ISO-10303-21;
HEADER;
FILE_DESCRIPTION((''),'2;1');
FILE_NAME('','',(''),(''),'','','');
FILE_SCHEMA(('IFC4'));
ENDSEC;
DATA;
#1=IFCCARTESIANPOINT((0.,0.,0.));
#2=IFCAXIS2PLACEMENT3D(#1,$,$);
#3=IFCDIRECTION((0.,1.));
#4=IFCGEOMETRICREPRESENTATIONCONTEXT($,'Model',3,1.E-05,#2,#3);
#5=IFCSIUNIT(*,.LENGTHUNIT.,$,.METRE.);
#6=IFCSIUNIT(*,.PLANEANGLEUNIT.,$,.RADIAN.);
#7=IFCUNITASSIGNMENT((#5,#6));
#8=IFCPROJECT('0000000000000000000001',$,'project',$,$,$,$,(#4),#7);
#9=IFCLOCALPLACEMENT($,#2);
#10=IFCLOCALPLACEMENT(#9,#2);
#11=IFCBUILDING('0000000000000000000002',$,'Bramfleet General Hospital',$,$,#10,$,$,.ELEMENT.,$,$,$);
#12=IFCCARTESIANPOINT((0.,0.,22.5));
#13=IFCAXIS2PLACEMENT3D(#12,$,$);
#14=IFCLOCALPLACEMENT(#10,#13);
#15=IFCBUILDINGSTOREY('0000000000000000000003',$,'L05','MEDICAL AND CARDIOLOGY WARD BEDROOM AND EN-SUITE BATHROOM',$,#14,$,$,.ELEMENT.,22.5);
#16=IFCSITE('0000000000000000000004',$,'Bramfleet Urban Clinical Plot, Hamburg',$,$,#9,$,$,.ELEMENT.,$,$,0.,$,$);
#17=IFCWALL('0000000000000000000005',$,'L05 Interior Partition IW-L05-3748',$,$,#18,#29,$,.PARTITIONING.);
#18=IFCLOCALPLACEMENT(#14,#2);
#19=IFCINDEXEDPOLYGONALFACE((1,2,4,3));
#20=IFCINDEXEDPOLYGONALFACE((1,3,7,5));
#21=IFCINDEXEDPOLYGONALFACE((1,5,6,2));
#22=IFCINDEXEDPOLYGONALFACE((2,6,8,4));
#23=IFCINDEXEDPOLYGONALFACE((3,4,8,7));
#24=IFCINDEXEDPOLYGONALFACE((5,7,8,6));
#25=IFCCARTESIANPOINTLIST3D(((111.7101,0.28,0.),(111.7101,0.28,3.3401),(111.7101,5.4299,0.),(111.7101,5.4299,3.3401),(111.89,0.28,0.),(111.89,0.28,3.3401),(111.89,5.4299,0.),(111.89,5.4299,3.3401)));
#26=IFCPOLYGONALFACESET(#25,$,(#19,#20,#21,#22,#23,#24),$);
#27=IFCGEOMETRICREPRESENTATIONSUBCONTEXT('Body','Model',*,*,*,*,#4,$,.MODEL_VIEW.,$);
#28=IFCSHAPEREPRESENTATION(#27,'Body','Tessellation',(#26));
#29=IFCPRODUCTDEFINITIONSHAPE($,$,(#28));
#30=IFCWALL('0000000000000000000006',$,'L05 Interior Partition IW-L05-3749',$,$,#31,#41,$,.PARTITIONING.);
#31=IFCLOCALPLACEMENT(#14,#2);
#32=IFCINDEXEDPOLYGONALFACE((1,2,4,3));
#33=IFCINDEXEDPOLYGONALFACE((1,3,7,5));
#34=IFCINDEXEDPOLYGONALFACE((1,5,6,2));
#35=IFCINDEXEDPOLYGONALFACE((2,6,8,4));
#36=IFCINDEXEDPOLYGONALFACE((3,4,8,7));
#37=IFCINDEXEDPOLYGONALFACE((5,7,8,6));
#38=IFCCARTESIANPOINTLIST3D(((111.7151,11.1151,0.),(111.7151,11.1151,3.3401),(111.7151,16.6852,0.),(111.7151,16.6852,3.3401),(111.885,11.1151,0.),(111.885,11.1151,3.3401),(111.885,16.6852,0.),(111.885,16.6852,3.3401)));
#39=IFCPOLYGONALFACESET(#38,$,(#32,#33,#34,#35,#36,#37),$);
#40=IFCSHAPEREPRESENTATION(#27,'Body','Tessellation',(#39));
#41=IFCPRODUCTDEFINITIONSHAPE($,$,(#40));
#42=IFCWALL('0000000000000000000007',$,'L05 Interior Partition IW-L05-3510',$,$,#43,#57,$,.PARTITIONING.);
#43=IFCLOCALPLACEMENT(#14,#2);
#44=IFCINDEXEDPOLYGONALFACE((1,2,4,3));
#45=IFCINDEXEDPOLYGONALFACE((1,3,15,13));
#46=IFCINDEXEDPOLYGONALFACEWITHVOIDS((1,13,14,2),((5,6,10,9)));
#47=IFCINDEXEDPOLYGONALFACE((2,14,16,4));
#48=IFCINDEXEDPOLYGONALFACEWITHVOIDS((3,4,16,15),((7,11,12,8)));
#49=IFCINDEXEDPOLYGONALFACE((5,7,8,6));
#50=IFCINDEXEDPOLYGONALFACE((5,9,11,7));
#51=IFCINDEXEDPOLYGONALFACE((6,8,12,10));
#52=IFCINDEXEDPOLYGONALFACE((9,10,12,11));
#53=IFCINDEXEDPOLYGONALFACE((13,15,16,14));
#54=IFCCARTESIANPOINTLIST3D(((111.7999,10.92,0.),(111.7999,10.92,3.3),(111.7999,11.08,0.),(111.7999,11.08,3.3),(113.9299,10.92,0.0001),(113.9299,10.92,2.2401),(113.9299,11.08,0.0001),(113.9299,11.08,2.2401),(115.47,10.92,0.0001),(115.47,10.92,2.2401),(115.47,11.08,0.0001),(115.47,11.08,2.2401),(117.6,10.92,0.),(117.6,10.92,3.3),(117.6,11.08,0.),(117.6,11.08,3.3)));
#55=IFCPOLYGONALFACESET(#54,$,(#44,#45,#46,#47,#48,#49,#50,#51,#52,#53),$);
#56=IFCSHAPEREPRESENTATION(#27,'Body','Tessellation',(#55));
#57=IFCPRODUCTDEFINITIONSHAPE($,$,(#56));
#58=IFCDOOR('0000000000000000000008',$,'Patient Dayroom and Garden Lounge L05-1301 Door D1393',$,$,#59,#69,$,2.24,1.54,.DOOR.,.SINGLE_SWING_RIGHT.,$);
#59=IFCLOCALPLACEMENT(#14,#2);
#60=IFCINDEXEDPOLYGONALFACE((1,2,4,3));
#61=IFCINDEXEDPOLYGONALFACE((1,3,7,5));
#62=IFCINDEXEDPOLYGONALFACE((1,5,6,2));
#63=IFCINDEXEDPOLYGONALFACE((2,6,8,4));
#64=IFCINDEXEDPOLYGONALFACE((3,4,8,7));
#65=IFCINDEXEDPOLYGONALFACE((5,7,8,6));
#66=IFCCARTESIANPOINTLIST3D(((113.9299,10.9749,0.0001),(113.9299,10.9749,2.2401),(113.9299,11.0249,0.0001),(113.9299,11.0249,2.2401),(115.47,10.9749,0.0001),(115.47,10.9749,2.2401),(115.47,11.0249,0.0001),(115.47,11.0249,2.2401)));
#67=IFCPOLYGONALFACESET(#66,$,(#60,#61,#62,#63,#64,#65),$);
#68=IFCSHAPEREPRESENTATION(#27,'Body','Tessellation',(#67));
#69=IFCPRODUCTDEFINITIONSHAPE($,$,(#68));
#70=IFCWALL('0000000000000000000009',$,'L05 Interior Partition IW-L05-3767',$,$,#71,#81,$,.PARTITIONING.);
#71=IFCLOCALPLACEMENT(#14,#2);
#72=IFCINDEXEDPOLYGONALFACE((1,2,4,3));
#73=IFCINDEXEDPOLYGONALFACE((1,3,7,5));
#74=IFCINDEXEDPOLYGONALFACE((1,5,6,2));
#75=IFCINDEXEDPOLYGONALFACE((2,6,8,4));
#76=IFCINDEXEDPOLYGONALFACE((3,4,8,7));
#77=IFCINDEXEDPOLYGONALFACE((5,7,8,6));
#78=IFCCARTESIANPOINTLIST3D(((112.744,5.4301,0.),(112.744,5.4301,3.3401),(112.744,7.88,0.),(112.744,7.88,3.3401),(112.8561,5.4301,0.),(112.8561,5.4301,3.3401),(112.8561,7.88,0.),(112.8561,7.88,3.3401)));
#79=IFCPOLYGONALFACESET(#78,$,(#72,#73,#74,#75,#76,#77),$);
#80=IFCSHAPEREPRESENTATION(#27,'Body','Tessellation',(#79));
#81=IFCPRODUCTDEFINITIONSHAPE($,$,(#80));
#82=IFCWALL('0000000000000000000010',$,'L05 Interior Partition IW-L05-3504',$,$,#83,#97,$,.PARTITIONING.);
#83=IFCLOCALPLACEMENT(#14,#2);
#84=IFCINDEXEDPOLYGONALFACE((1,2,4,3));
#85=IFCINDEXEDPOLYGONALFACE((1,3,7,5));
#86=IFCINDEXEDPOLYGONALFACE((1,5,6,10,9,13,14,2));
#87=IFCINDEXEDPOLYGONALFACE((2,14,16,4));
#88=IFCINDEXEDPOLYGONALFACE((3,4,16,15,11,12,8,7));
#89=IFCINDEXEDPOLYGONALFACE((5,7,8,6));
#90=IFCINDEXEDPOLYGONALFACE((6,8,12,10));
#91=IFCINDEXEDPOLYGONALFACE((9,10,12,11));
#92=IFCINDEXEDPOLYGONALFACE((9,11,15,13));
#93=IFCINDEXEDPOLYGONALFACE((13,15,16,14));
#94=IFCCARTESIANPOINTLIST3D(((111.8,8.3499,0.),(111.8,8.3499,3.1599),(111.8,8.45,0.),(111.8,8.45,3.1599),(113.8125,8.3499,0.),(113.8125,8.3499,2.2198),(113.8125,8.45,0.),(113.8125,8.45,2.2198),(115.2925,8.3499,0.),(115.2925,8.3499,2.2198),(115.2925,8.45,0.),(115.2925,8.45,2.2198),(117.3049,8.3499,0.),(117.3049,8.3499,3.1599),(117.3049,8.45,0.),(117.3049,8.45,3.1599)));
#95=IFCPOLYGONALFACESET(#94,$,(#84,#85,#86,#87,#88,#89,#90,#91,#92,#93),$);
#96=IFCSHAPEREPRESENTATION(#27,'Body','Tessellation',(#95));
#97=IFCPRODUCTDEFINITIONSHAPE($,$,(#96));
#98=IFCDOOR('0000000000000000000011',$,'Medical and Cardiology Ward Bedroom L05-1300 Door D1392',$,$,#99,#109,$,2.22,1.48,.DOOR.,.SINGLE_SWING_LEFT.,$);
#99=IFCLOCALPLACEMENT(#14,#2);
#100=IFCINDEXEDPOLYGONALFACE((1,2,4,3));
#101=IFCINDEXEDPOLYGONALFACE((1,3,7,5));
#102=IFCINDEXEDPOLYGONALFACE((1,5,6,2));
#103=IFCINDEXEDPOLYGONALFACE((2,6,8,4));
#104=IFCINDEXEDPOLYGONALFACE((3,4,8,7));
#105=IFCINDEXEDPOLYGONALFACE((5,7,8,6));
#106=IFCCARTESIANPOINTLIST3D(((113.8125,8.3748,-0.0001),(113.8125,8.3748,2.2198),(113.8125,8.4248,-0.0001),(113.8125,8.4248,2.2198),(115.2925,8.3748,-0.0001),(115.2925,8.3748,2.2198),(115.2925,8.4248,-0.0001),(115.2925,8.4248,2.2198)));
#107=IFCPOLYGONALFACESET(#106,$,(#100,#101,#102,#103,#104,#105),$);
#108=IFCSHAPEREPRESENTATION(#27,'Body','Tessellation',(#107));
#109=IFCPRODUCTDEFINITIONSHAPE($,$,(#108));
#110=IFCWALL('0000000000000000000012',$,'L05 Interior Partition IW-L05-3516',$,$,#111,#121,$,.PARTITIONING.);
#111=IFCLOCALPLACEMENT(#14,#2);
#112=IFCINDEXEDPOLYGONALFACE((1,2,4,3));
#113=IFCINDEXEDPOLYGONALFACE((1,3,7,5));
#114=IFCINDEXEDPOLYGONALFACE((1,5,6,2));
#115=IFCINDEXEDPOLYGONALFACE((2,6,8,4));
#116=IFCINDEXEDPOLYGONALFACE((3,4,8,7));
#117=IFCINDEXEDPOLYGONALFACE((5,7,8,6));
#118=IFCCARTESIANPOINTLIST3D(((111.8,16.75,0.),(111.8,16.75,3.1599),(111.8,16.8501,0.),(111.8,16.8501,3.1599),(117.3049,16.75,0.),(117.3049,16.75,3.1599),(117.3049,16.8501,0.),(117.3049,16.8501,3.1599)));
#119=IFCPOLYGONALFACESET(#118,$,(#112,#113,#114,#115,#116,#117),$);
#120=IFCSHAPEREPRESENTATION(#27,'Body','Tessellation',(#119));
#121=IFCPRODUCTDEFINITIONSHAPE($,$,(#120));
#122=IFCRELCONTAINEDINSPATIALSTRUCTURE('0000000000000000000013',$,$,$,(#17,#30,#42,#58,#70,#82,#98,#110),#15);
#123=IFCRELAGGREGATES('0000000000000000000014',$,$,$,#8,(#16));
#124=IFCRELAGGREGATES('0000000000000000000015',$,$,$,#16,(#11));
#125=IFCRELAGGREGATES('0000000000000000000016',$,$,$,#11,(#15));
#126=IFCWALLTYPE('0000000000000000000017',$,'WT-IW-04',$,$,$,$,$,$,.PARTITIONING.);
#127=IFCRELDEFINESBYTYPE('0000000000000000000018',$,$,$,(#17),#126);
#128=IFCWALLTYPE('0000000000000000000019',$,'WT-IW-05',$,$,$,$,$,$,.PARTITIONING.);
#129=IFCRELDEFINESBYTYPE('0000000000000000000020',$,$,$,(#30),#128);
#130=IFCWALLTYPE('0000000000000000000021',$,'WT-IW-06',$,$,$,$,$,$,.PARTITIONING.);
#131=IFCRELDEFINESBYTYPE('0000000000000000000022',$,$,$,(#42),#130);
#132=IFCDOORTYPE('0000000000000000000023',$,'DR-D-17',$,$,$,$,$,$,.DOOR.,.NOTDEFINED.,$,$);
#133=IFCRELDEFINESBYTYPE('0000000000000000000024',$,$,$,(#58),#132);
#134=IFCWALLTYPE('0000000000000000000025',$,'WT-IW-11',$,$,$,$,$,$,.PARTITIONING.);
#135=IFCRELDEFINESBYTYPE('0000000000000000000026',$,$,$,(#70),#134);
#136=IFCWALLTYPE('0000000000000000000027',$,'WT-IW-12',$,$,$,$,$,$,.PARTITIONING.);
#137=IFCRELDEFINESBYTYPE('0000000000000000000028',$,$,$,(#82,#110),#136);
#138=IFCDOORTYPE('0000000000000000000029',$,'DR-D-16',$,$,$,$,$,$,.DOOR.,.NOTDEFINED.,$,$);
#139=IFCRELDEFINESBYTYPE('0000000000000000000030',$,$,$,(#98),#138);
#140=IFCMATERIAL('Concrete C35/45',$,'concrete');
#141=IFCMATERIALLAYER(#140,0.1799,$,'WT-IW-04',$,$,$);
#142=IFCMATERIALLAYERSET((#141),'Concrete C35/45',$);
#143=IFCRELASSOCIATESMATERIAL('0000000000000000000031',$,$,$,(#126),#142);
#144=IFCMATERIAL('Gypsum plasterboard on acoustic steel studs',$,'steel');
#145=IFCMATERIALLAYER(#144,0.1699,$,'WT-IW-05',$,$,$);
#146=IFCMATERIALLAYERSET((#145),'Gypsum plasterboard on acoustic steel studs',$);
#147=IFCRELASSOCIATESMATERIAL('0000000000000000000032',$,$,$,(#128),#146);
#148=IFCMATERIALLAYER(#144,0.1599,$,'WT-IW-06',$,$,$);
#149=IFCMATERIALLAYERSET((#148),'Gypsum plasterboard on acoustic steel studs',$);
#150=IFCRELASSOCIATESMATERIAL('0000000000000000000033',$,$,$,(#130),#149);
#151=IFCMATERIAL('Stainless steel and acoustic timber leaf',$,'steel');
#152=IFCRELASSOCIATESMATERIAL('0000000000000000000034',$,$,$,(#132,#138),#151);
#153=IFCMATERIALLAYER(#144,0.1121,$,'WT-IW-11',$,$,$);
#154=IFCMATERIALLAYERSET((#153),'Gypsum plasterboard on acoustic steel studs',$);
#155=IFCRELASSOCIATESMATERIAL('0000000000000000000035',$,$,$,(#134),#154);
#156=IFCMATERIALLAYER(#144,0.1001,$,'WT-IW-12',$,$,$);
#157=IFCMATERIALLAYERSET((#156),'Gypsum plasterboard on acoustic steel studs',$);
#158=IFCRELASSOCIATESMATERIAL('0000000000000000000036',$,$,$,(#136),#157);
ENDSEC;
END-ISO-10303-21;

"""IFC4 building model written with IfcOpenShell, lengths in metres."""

from ifc_helpers import new_model, si_unit, direction, frame, frame_2d, origin, place, context, subcontext, project, spatial, rectangle, extrude, material, layer, layer_set, type_object, element, fill, save


model = new_model("IFC4")

# Units and contexts
model_context = context("Model", 3, precision=1e-05, world=origin(), true_north=direction((0.0, 1.0)))
body_context = subcontext(model_context, "Body", "Model", "MODEL_VIEW")
ifc_project = project(units=[si_unit("LENGTHUNIT", "METRE"), si_unit("PLANEANGLEUNIT", "RADIAN")], contexts=[model_context])

# Site, building, storey
site_placement = place(None, origin())
site = spatial("IfcSite", under=ifc_project, at=site_placement, Name="Bramfleet Urban Clinical Plot, Hamburg", CompositionType="ELEMENT", RefElevation=0.0)
building_placement = place(site_placement, origin())
building = spatial("IfcBuilding", under=site, at=building_placement, Name="Bramfleet General Hospital", CompositionType="ELEMENT")
storey_placement = place(building_placement, frame((0.0, 0.0, 22.5)))
storey = spatial("IfcBuildingStorey", under=building, at=storey_placement, Name="L05", Description="MEDICAL AND CARDIOLOGY WARD BEDROOM AND EN-SUITE BATHROOM", CompositionType="ELEMENT", Elevation=22.5)

# Walls
ifc_material_1 = material(Name="Concrete C35/45", Category="concrete")
ifc_layer_1 = layer(ifc_material_1, 0.1799, Name="WT-IW-04")
ifc_layer_set_1 = layer_set([ifc_layer_1], Name="Concrete C35/45")
wall_type_1 = type_object("IfcWallType", Name="WT-IW-04", PredefinedType="PARTITIONING", material=ifc_layer_set_1)
wall_1_placement = place(storey_placement, frame((111.8, 0.28, 0.0), z_axis=(0.0, 0.0, 1.0), x_axis=(0.0, 1.0, 0.0)))
element("IfcWall", 1, at=wall_1_placement, inside=storey, type_object=wall_type_1, Name="L05 Interior Partition IW-L05-3748", PredefinedType="PARTITIONING", context=body_context, shape_type="SweptSolid", body=[
    extrude(rectangle(XDim=5.1499, YDim=0.1799, at=frame_2d((2.575, 0.0))), origin(), (0.0, 0.0, 1.0), 3.3401),
])
ifc_material_2 = material(Name="Gypsum plasterboard on acoustic steel studs", Category="steel")
ifc_layer_2 = layer(ifc_material_2, 0.1699, Name="WT-IW-05")
ifc_layer_set_2 = layer_set([ifc_layer_2], Name="Gypsum plasterboard on acoustic steel studs")
wall_type_2 = type_object("IfcWallType", Name="WT-IW-05", PredefinedType="PARTITIONING", material=ifc_layer_set_2)
wall_2_placement = place(storey_placement, frame((111.8, 11.115, 0.0), z_axis=(0.0, 0.0, 1.0), x_axis=(0.0, 1.0, 0.0)))
element("IfcWall", 2, at=wall_2_placement, inside=storey, type_object=wall_type_2, Name="L05 Interior Partition IW-L05-3749", PredefinedType="PARTITIONING", context=body_context, shape_type="SweptSolid", body=[
    extrude(rectangle(XDim=5.5701, YDim=0.1699, at=frame_2d((2.7852, 0.0))), origin(), (0.0, 0.0, 1.0), 3.3401),
])

# Wall, opening, door
ifc_layer_3 = layer(ifc_material_2, 0.1599, Name="WT-IW-06")
ifc_layer_set_3 = layer_set([ifc_layer_3], Name="Gypsum plasterboard on acoustic steel studs")
wall_type_3 = type_object("IfcWallType", Name="WT-IW-06", PredefinedType="PARTITIONING", material=ifc_layer_set_3)
wall_3_placement = place(storey_placement, frame((111.8, 11.0, 0.0), z_axis=(0.0, 0.0, 1.0), x_axis=(1.0, 0.0, 0.0)))
wall_3 = element("IfcWall", 3, at=wall_3_placement, inside=storey, type_object=wall_type_3, Name="L05 Interior Partition IW-L05-3510", PredefinedType="PARTITIONING", context=body_context, shape_type="SweptSolid", body=[
    extrude(rectangle(XDim=5.8, YDim=0.1599, at=frame_2d((2.8999, 0.0))), origin(), (0.0, 0.0, 1.0), 3.3),
])
opening_1_placement = place(wall_3_placement, frame((2.1299, 0.0, 0.0)))
opening_1 = element("IfcOpeningElement", 4, at=opening_1_placement, cuts=wall_3, PredefinedType="OPENING", context=body_context, shape_type="SweptSolid", body=[
    extrude(rectangle(XDim=1.54, YDim=2.24, at=frame_2d((0.77, 1.1201))), frame((0.0, 0.0898, 0.0), z_axis=(0.0, -1.0, 0.0), x_axis=(1.0, 0.0, 0.0)), (0.0, 0.0, 1.0), 0.1799),
])
ifc_material_3 = material(Name="Stainless steel and acoustic timber leaf", Category="steel")
door_type_1 = type_object("IfcDoorType", Name="DR-D-17", OperationType="NOTDEFINED", PredefinedType="DOOR", material=ifc_material_3)
door_1_placement = place(opening_1_placement, origin())
door_1 = element("IfcDoor", 5, at=door_1_placement, inside=storey, type_object=door_type_1, Name="Patient Dayroom and Garden Lounge L05-1301 Door D1393", OperationType="SINGLE_SWING_RIGHT", OverallHeight=2.24, OverallWidth=1.54, PredefinedType="DOOR", context=body_context, shape_type="SweptSolid", body=[
    extrude(rectangle(XDim=1.54, YDim=2.24, at=frame_2d((0.77, 1.1201))), frame((0.0, 0.0249, 0.0), z_axis=(0.0, -1.0, 0.0), x_axis=(1.0, 0.0, 0.0)), (0.0, 0.0, 1.0), 0.05),
])
fill(opening_1, door_1)

# Wall
ifc_layer_4 = layer(ifc_material_2, 0.1121, Name="WT-IW-11")
ifc_layer_set_4 = layer_set([ifc_layer_4], Name="Gypsum plasterboard on acoustic steel studs")
wall_type_4 = type_object("IfcWallType", Name="WT-IW-11", PredefinedType="PARTITIONING", material=ifc_layer_set_4)
wall_4_placement = place(storey_placement, frame((112.8, 5.4299, 0.0), z_axis=(0.0, 0.0, 1.0), x_axis=(0.0, 1.0, 0.0)))
element("IfcWall", 6, at=wall_4_placement, inside=storey, type_object=wall_type_4, Name="L05 Interior Partition IW-L05-3767", PredefinedType="PARTITIONING", context=body_context, shape_type="SweptSolid", body=[
    extrude(rectangle(XDim=2.45, YDim=0.1121, at=frame_2d((1.2251, 0.0))), origin(), (0.0, 0.0, 1.0), 3.3401),
])

# Wall, opening, door
ifc_layer_5 = layer(ifc_material_2, 0.1001, Name="WT-IW-12")
ifc_layer_set_5 = layer_set([ifc_layer_5], Name="Gypsum plasterboard on acoustic steel studs")
wall_type_5 = type_object("IfcWallType", Name="WT-IW-12", PredefinedType="PARTITIONING", material=ifc_layer_set_5)
wall_5_placement = place(storey_placement, frame((111.8, 8.3999, 0.0), z_axis=(0.0, 0.0, 1.0), x_axis=(1.0, 0.0, 0.0)))
wall_5 = element("IfcWall", 7, at=wall_5_placement, inside=storey, type_object=wall_type_5, Name="L05 Interior Partition IW-L05-3504", PredefinedType="PARTITIONING", context=body_context, shape_type="SweptSolid", body=[
    extrude(rectangle(XDim=5.5049, YDim=0.1001, at=frame_2d((2.7524, 0.0))), origin(), (0.0, 0.0, 1.0), 3.1599),
])
opening_2_placement = place(wall_5_placement, frame((2.0125, 0.0, 0.0)))
opening_2 = element("IfcOpeningElement", 8, at=opening_2_placement, cuts=wall_5, PredefinedType="OPENING", context=body_context, shape_type="SweptSolid", body=[
    extrude(rectangle(XDim=1.48, YDim=2.22, at=frame_2d((0.74, 1.1099))), frame((0.0, 0.0601, 0.0), z_axis=(0.0, -1.0, 0.0), x_axis=(1.0, 0.0, 0.0)), (0.0, 0.0, 1.0), 0.1201),
])
door_type_2 = type_object("IfcDoorType", Name="DR-D-16", OperationType="NOTDEFINED", PredefinedType="DOOR", material=ifc_material_3)
door_2_placement = place(opening_2_placement, origin())
door_2 = element("IfcDoor", 9, at=door_2_placement, inside=storey, type_object=door_type_2, Name="Medical and Cardiology Ward Bedroom L05-1300 Door D1392", OperationType="SINGLE_SWING_LEFT", OverallHeight=2.22, OverallWidth=1.48, PredefinedType="DOOR", context=body_context, shape_type="SweptSolid", body=[
    extrude(rectangle(XDim=1.48, YDim=2.22, at=frame_2d((0.74, 1.1099))), frame((0.0, 0.0249, 0.0), z_axis=(0.0, -1.0, 0.0), x_axis=(1.0, 0.0, 0.0)), (0.0, 0.0, 1.0), 0.05),
])
fill(opening_2, door_2)

# Wall
wall_6_placement = place(storey_placement, frame((111.8, 16.8, 0.0), z_axis=(0.0, 0.0, 1.0), x_axis=(1.0, 0.0, 0.0)))
element("IfcWall", 10, at=wall_6_placement, inside=storey, type_object=wall_type_5, Name="L05 Interior Partition IW-L05-3516", PredefinedType="PARTITIONING", context=body_context, shape_type="SweptSolid", body=[
    extrude(rectangle(XDim=5.5049, YDim=0.1001, at=frame_2d((2.7524, 0.0))), origin(), (0.0, 0.0, 1.0), 3.1599),
])

save(model, "model.ifc")
